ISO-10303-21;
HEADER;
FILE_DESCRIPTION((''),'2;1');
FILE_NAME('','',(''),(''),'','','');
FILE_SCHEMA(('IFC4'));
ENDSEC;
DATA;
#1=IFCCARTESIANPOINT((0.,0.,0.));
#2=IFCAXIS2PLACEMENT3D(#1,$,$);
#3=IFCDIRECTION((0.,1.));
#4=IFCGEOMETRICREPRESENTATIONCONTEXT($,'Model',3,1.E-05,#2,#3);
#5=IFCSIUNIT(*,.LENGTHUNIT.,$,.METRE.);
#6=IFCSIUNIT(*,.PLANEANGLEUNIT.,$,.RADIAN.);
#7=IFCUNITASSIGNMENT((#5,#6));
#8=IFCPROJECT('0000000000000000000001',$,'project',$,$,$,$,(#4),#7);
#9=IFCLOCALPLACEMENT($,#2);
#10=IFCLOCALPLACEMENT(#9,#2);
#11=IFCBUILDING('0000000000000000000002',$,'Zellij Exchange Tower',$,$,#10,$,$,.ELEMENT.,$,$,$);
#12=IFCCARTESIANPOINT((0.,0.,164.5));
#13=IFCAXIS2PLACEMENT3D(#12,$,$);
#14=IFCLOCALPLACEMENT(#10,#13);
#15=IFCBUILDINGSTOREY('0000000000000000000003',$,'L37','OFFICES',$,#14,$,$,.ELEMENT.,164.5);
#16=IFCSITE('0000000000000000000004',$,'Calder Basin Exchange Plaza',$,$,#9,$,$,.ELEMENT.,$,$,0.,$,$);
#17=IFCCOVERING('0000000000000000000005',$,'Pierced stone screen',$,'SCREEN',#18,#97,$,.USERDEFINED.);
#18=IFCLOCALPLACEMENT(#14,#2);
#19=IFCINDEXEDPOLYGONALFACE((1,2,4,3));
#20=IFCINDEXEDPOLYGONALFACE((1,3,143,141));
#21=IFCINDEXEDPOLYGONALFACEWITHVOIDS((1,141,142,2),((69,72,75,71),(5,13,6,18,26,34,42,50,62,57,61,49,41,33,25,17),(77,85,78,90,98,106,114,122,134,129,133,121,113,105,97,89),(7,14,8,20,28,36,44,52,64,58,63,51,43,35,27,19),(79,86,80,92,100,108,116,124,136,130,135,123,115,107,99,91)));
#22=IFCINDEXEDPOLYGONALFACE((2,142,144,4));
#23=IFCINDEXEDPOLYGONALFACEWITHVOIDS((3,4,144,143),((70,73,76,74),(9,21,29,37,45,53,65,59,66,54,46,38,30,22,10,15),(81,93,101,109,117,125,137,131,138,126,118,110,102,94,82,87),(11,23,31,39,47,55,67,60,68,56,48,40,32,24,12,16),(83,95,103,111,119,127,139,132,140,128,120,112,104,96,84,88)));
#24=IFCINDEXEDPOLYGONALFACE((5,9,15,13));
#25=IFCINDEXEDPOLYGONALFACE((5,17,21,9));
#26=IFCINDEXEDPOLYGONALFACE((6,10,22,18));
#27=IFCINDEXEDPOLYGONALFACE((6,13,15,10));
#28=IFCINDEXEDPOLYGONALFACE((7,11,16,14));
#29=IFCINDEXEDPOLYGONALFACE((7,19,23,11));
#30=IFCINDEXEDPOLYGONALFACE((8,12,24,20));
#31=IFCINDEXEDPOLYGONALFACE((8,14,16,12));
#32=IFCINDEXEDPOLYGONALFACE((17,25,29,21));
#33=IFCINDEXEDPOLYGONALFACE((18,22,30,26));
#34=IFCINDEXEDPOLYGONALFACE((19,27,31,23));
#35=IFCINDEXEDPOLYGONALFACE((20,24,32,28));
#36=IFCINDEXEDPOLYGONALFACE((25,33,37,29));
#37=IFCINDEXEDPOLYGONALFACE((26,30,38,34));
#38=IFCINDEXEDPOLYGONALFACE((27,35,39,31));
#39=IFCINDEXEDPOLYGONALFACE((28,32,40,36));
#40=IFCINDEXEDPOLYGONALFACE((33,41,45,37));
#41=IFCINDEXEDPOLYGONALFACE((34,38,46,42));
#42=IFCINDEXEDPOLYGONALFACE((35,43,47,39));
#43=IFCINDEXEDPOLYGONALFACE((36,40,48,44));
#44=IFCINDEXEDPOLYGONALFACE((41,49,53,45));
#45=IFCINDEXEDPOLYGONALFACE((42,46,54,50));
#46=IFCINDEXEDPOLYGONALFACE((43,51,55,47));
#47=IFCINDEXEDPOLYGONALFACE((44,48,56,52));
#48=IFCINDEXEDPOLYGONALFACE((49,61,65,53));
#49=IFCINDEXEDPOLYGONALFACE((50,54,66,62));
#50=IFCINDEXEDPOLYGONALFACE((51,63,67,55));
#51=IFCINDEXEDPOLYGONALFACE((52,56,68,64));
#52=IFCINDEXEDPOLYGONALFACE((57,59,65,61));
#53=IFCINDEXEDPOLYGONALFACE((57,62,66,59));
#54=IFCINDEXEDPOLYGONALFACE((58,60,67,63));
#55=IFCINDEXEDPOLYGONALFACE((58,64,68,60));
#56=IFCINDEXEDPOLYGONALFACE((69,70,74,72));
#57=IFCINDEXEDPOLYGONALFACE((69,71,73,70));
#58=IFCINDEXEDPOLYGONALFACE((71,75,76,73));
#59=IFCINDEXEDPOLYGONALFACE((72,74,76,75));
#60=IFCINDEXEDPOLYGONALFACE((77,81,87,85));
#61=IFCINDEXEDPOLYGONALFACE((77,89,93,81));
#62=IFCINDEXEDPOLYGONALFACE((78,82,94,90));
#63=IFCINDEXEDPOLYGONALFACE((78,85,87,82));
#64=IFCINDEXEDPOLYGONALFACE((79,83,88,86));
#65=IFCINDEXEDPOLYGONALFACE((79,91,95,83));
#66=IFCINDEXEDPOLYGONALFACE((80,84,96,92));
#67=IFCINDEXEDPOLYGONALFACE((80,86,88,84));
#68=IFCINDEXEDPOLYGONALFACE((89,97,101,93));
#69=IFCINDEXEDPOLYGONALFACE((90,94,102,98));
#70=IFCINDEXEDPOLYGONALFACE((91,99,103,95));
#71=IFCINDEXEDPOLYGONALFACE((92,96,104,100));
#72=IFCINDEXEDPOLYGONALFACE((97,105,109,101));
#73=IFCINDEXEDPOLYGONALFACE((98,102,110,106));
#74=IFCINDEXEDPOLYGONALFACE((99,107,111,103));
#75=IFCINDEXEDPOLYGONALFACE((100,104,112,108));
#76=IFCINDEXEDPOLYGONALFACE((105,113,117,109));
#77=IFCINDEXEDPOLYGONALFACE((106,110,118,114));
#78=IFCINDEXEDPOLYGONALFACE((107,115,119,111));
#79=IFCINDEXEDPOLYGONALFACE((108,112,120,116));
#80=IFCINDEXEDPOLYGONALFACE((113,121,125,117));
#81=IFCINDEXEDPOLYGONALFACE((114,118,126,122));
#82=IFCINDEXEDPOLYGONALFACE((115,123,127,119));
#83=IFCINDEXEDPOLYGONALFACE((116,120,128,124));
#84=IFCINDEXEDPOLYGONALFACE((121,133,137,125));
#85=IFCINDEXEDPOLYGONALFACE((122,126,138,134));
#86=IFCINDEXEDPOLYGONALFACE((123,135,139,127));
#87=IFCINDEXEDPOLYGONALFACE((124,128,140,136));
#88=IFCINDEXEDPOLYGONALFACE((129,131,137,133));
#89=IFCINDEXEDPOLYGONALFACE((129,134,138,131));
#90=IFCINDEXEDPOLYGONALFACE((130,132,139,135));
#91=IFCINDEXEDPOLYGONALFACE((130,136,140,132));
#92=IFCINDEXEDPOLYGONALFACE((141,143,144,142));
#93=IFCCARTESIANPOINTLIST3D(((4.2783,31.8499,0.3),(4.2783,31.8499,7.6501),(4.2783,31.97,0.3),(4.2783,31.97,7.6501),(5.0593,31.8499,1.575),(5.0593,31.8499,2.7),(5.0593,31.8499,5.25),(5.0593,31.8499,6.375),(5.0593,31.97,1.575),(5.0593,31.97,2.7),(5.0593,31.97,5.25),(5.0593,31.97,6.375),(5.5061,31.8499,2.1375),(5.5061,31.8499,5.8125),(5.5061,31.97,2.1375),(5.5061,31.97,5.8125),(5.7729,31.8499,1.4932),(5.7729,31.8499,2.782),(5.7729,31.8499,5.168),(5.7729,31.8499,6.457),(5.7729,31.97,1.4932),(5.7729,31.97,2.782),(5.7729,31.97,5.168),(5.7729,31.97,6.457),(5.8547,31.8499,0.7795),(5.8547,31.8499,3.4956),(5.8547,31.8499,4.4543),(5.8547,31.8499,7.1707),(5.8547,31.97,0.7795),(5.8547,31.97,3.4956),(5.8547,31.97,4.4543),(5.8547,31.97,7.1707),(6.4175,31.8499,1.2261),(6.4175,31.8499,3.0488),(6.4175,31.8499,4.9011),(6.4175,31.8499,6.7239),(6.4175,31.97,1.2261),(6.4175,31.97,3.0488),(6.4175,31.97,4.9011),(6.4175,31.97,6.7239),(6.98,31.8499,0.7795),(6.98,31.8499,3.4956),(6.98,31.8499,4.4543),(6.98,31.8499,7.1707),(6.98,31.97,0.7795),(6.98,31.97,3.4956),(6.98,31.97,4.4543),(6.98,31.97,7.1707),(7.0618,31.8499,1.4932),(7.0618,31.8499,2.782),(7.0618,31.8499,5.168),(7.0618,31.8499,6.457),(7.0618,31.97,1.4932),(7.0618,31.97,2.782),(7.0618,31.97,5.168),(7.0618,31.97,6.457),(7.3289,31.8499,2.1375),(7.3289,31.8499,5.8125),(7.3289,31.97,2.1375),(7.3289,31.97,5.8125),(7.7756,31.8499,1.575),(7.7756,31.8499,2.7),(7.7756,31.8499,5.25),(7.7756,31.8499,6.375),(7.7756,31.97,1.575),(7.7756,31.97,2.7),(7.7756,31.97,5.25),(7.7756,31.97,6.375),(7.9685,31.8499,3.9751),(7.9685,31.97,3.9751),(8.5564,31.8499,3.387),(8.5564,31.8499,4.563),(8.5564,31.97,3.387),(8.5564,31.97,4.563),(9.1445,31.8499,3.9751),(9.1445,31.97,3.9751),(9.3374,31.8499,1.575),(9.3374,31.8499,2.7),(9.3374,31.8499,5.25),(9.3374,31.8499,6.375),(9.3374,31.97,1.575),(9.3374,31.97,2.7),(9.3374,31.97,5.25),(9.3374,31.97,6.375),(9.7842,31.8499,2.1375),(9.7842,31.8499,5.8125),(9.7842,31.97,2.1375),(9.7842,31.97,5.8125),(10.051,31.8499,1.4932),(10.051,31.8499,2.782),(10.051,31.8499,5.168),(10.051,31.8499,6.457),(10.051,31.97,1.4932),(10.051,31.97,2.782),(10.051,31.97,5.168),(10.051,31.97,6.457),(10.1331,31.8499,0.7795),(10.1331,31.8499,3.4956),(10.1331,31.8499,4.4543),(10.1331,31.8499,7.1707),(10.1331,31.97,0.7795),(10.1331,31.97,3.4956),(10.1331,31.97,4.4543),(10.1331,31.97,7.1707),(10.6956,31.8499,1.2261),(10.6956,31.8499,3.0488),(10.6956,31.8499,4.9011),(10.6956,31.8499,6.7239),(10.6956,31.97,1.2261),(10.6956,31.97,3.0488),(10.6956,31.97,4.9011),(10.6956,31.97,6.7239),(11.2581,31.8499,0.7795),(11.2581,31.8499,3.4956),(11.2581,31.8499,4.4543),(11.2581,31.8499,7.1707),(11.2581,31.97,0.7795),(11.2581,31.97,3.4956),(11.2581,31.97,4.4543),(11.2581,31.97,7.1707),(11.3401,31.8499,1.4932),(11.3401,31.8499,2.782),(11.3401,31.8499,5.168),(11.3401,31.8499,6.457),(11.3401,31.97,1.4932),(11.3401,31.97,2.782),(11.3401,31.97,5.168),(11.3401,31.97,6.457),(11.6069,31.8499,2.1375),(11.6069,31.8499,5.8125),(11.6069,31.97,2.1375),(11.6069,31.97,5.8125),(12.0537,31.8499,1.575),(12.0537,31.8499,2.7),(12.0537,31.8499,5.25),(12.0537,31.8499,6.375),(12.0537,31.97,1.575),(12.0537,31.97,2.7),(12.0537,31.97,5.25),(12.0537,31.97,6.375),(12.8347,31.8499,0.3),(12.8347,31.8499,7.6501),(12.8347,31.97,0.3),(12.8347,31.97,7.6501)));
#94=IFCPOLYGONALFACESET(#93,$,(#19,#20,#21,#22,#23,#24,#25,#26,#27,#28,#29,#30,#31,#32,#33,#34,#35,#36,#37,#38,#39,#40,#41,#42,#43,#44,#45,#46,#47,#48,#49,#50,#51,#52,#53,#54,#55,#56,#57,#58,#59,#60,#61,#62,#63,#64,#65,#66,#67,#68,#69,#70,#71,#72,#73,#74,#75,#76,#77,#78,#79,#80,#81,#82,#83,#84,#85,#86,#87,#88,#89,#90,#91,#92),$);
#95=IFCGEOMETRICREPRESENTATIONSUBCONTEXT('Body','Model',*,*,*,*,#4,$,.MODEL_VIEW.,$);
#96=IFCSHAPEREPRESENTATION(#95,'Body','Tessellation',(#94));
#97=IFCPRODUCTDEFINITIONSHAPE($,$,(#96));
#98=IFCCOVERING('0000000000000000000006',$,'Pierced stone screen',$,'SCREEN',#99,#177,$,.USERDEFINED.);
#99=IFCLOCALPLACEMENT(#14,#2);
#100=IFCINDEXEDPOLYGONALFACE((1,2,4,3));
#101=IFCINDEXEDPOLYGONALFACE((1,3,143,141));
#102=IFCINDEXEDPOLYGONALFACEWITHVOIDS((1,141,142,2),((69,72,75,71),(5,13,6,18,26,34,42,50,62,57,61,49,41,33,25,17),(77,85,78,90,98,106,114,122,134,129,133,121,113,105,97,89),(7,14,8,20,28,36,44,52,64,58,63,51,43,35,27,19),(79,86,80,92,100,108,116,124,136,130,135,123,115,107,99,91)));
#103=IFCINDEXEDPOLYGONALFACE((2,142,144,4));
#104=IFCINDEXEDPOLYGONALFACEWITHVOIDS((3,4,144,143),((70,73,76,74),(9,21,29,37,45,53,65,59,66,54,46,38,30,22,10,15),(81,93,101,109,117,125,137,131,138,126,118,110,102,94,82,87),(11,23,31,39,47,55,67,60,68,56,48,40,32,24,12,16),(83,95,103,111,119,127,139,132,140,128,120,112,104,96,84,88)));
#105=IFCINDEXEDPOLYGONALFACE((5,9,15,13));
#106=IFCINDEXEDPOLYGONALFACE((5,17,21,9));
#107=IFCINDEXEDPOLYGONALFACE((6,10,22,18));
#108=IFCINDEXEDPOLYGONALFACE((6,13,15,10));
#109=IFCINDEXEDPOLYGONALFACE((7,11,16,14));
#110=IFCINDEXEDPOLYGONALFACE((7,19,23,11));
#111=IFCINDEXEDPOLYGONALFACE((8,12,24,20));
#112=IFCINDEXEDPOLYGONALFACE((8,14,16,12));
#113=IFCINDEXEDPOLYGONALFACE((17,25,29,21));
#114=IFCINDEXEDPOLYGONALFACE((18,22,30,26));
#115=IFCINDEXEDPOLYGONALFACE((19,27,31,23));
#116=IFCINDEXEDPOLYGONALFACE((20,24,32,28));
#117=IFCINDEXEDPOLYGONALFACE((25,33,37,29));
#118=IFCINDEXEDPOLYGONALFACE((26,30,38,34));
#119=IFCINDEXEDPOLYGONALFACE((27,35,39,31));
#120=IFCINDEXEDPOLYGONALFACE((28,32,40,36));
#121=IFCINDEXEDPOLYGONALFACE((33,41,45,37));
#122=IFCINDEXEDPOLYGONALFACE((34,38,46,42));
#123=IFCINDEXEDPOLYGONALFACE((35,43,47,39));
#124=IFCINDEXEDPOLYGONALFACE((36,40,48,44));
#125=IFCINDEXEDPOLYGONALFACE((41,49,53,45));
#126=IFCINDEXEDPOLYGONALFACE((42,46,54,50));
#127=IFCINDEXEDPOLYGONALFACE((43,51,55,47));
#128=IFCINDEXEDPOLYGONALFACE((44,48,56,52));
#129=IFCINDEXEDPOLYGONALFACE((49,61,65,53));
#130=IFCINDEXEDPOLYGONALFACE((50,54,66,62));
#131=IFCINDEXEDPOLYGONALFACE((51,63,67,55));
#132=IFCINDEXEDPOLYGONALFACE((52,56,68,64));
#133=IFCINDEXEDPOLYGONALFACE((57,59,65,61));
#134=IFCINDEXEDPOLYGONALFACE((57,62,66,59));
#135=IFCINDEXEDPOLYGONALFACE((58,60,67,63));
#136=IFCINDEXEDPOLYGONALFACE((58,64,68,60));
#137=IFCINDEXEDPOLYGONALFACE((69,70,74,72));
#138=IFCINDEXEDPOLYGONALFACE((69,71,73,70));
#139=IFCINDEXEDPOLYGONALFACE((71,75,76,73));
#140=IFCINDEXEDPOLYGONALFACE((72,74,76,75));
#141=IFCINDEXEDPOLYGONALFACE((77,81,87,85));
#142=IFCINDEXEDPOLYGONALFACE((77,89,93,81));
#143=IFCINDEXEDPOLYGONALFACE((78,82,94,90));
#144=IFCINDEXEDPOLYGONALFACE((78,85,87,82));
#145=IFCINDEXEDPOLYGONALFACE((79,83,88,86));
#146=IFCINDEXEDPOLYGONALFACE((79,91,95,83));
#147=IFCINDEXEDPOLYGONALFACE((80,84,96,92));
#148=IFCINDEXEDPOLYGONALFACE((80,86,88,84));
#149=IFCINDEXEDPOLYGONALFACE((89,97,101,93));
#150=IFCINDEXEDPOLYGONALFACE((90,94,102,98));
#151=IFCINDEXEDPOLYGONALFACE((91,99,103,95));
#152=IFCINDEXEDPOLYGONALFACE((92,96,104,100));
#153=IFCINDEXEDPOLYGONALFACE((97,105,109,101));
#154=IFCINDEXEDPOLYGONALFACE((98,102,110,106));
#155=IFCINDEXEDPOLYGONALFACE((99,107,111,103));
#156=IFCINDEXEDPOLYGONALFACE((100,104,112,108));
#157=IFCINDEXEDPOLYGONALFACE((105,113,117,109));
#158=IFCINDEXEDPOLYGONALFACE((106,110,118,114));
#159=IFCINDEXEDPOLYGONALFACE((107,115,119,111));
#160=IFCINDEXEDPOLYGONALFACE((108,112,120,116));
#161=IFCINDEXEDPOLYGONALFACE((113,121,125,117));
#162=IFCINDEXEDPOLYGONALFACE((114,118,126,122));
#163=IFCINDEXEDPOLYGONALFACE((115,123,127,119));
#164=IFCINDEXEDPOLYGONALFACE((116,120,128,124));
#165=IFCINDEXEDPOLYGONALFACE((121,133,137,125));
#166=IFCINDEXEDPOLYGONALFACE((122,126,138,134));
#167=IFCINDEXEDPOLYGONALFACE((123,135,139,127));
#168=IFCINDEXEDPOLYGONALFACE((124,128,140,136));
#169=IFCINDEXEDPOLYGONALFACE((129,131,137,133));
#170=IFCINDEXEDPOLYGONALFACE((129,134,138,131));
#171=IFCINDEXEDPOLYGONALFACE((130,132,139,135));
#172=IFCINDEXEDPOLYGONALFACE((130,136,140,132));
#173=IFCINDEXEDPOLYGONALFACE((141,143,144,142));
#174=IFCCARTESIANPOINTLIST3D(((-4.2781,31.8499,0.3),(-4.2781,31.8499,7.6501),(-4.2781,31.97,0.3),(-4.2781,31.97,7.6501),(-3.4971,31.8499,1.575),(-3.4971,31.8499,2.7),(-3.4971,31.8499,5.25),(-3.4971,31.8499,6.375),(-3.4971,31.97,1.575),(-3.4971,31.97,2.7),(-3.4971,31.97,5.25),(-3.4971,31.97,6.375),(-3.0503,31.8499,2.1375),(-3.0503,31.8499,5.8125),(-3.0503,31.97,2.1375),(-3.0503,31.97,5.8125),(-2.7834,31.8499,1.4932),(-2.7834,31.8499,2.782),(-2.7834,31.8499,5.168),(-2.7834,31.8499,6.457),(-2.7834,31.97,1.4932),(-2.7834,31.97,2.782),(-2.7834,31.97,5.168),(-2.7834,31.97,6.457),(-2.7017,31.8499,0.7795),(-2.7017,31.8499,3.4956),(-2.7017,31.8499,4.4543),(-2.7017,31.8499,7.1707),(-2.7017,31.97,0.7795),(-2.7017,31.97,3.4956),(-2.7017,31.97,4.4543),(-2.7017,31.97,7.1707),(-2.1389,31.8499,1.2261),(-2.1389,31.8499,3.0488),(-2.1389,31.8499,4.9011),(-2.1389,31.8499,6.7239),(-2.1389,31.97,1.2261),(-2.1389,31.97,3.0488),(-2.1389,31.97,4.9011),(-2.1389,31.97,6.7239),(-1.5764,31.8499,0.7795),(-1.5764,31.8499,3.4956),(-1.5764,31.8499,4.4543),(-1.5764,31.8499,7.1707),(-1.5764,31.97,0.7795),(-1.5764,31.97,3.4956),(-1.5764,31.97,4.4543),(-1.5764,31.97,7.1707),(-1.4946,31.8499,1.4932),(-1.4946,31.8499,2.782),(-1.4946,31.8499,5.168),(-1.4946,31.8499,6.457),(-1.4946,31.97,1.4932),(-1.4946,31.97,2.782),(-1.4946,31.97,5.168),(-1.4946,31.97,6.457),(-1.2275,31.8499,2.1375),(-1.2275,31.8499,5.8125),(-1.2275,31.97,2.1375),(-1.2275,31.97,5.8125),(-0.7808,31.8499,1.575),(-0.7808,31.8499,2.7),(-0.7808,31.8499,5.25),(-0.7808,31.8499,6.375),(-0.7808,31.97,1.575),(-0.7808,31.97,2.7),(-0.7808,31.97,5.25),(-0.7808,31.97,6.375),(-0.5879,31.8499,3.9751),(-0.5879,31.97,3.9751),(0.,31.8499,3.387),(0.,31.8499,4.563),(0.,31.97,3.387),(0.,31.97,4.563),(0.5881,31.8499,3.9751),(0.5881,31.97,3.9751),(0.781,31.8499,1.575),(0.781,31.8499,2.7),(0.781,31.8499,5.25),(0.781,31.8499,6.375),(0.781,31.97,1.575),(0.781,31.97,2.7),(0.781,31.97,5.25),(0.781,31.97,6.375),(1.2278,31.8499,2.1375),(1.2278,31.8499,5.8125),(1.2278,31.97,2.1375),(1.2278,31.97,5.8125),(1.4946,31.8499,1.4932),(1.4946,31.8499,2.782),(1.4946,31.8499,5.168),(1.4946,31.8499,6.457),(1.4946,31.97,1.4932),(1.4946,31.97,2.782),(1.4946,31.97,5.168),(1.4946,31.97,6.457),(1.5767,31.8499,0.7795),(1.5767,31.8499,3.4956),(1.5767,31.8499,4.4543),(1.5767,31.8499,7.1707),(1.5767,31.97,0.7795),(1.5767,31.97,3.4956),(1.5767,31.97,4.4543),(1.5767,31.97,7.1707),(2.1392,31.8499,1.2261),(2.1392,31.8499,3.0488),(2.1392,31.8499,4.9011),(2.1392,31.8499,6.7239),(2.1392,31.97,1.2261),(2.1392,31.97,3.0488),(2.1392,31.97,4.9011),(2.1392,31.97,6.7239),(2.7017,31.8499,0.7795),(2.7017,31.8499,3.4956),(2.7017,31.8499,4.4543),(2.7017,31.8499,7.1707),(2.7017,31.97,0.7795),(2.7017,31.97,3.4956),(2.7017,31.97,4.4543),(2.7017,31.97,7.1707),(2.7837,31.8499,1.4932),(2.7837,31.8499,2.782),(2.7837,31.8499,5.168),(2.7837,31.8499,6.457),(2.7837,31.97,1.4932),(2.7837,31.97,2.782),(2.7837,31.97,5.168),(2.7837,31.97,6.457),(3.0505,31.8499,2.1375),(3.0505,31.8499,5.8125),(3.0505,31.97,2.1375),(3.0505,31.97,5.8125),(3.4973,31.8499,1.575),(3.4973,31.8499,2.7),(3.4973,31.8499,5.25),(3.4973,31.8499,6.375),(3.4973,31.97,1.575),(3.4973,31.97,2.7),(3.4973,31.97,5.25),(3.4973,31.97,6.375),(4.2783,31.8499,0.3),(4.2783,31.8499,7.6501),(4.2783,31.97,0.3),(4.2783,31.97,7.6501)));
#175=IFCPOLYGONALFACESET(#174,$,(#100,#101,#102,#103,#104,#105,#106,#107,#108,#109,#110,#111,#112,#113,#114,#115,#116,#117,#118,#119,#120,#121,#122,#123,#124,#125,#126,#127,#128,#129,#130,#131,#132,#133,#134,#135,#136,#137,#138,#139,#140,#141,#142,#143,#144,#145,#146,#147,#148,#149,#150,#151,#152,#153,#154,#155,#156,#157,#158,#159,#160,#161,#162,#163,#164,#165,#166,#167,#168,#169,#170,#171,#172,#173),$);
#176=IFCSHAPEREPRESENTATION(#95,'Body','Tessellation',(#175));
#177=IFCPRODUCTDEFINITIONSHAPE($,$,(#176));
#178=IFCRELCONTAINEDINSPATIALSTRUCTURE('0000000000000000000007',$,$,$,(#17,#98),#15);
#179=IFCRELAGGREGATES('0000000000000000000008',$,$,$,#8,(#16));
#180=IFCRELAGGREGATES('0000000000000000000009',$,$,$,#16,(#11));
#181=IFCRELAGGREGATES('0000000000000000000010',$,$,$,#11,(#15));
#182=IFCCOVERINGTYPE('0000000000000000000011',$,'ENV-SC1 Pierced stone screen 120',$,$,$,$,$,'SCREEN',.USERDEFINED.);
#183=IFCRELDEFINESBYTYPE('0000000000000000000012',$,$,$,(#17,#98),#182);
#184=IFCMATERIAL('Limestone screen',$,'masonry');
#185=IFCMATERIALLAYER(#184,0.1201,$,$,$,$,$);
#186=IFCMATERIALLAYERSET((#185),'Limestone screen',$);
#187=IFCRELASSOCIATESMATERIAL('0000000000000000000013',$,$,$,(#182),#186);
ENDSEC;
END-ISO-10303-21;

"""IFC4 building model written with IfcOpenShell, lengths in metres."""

from ifc_helpers import new_model, si_unit, direction, frame, origin, place, context, subcontext, project, spatial, polyline, outline, extrude, material, layer, layer_set, type_object, element, save


model = new_model("IFC4")

# Units and contexts
model_context = context("Model", 3, precision=1e-05, world=origin(), true_north=direction((0.0, 1.0)))
body_context = subcontext(model_context, "Body", "Model", "MODEL_VIEW")
ifc_project = project(units=[si_unit("LENGTHUNIT", "METRE"), si_unit("PLANEANGLEUNIT", "RADIAN")], contexts=[model_context])

# Site, building, storey
site_placement = place(None, origin())
site = spatial("IfcSite", under=ifc_project, at=site_placement, Name="Calder Basin Exchange Plaza", CompositionType="ELEMENT", RefElevation=0.0)
building_placement = place(site_placement, origin())
building = spatial("IfcBuilding", under=site, at=building_placement, Name="Zellij Exchange Tower", CompositionType="ELEMENT")
storey_placement = place(building_placement, frame((0.0, 0.0, 164.5)))
storey = spatial("IfcBuildingStorey", under=building, at=storey_placement, Name="L37", Description="OFFICES", CompositionType="ELEMENT", Elevation=164.5)

# Coverings
ifc_material_1 = material(Name="Limestone screen", Category="masonry")
ifc_layer_1 = layer(ifc_material_1, 0.1201)
ifc_layer_set_1 = layer_set([ifc_layer_1], Name="Limestone screen")
covering_type = type_object("IfcCoveringType", Name="ENV-SC1 Pierced stone screen 120", ElementType="SCREEN", PredefinedType="USERDEFINED", material=ifc_layer_set_1)
covering_1_placement = place(storey_placement, frame((12.8347, 31.9099, 0.3), z_axis=(0.0, 0.0, 1.0), x_axis=(-1.0, 0.0, 0.0)))
element("IfcCovering", 1, at=covering_1_placement, inside=storey, type_object=covering_type, Name="Pierced stone screen", ObjectType="SCREEN", PredefinedType="USERDEFINED", context=body_context, shape_type="SweptSolid", body=[
    extrude(outline(polyline([(0.0, 0.0), (8.5564, 0.0), (8.5564, 7.3501), (0.0, 7.3501), (0.0, 0.0)]), holes=[polyline([(3.4973, 2.3999), (2.7837, 2.4819), (2.7017, 3.1956), (2.1392, 2.7488), (1.5767, 3.1956), (1.4946, 2.4819), (0.781, 2.3999), (1.2278, 1.8374), (0.781, 1.2749), (1.4946, 1.1931), (1.5767, 0.4795), (2.1392, 0.926), (2.7017, 0.4795), (2.7837, 1.1931), (3.4973, 1.2749), (3.0505, 1.8374), (3.4973, 2.3999)]), polyline([(3.4973, 6.075), (2.7837, 6.157), (2.7017, 6.8706), (2.1392, 6.4238), (1.5767, 6.8706), (1.4946, 6.157), (0.781, 6.075), (1.2278, 5.5125), (0.781, 4.95), (1.4946, 4.8679), (1.5767, 4.1543), (2.1392, 4.6011), (2.7017, 4.1543), (2.7837, 4.8679), (3.4973, 4.95), (3.0505, 5.5125), (3.4973, 6.075)]), polyline([(7.7754, 2.3999), (7.0618, 2.4819), (6.98, 3.1956), (6.4172, 2.7488), (5.8547, 3.1956), (5.7729, 2.4819), (5.0591, 2.3999), (5.5059, 1.8374), (5.0591, 1.2749), (5.7729, 1.1931), (5.8547, 0.4795), (6.4172, 0.926), (6.98, 0.4795), (7.0618, 1.1931), (7.7754, 1.2749), (7.3286, 1.8374), (7.7754, 2.3999)]), polyline([(7.7754, 6.075), (7.0618, 6.157), (6.98, 6.8706), (6.4172, 6.4238), (5.8547, 6.8706), (5.7729, 6.157), (5.0591, 6.075), (5.5059, 5.5125), (5.0591, 4.95), (5.7729, 4.8679), (5.8547, 4.1543), (6.4172, 4.6011), (6.98, 4.1543), (7.0618, 4.8679), (7.7754, 4.95), (7.3286, 5.5125), (7.7754, 6.075)]), polyline([(4.8662, 3.675), (4.2783, 4.2629), (3.6902, 3.675), (4.2783, 3.0869), (4.8662, 3.675)])]), frame((0.0, 0.0601, 0.0), z_axis=(0.0, -1.0, 0.0), x_axis=(1.0, 0.0, 0.0)), (0.0, 0.0, 1.0), 0.1201),
])
covering_2_placement = place(storey_placement, frame((4.2783, 31.9099, 0.3), z_axis=(0.0, 0.0, 1.0), x_axis=(-1.0, 0.0, 0.0)))
element("IfcCovering", 2, at=covering_2_placement, inside=storey, type_object=covering_type, Name="Pierced stone screen", ObjectType="SCREEN", PredefinedType="USERDEFINED", context=body_context, shape_type="SweptSolid", body=[
    extrude(outline(polyline([(0.0, 0.0), (8.5564, 0.0), (8.5564, 7.3501), (0.0, 7.3501), (0.0, 0.0)]), holes=[polyline([(3.4973, 2.3999), (2.7837, 2.4819), (2.7017, 3.1956), (2.1392, 2.7488), (1.5767, 3.1956), (1.4946, 2.4819), (0.781, 2.3999), (1.2278, 1.8374), (0.781, 1.2749), (1.4946, 1.1931), (1.5767, 0.4795), (2.1392, 0.926), (2.7017, 0.4795), (2.7837, 1.1931), (3.4973, 1.2749), (3.0505, 1.8374), (3.4973, 2.3999)]), polyline([(3.4973, 6.075), (2.7837, 6.157), (2.7017, 6.8706), (2.1392, 6.4238), (1.5767, 6.8706), (1.4946, 6.157), (0.781, 6.075), (1.2278, 5.5125), (0.781, 4.95), (1.4946, 4.8679), (1.5767, 4.1543), (2.1392, 4.6011), (2.7017, 4.1543), (2.7837, 4.8679), (3.4973, 4.95), (3.0505, 5.5125), (3.4973, 6.075)]), polyline([(7.7754, 2.3999), (7.0618, 2.4819), (6.98, 3.1956), (6.4172, 2.7488), (5.8547, 3.1956), (5.7729, 2.4819), (5.0591, 2.3999), (5.5059, 1.8374), (5.0591, 1.2749), (5.7729, 1.1931), (5.8547, 0.4795), (6.4172, 0.926), (6.98, 0.4795), (7.0618, 1.1931), (7.7754, 1.2749), (7.3286, 1.8374), (7.7754, 2.3999)]), polyline([(7.7754, 6.075), (7.0618, 6.157), (6.98, 6.8706), (6.4172, 6.4238), (5.8547, 6.8706), (5.7729, 6.157), (5.0591, 6.075), (5.5059, 5.5125), (5.0591, 4.95), (5.7729, 4.8679), (5.8547, 4.1543), (6.4172, 4.6011), (6.98, 4.1543), (7.0618, 4.8679), (7.7754, 4.95), (7.3286, 5.5125), (7.7754, 6.075)]), polyline([(4.8662, 3.675), (4.2783, 4.2629), (3.6902, 3.675), (4.2783, 3.0869), (4.8662, 3.675)])]), frame((0.0, 0.0601, 0.0), z_axis=(0.0, -1.0, 0.0), x_axis=(1.0, 0.0, 0.0)), (0.0, 0.0, 1.0), 0.1201),
])

save(model, "model.ifc")
